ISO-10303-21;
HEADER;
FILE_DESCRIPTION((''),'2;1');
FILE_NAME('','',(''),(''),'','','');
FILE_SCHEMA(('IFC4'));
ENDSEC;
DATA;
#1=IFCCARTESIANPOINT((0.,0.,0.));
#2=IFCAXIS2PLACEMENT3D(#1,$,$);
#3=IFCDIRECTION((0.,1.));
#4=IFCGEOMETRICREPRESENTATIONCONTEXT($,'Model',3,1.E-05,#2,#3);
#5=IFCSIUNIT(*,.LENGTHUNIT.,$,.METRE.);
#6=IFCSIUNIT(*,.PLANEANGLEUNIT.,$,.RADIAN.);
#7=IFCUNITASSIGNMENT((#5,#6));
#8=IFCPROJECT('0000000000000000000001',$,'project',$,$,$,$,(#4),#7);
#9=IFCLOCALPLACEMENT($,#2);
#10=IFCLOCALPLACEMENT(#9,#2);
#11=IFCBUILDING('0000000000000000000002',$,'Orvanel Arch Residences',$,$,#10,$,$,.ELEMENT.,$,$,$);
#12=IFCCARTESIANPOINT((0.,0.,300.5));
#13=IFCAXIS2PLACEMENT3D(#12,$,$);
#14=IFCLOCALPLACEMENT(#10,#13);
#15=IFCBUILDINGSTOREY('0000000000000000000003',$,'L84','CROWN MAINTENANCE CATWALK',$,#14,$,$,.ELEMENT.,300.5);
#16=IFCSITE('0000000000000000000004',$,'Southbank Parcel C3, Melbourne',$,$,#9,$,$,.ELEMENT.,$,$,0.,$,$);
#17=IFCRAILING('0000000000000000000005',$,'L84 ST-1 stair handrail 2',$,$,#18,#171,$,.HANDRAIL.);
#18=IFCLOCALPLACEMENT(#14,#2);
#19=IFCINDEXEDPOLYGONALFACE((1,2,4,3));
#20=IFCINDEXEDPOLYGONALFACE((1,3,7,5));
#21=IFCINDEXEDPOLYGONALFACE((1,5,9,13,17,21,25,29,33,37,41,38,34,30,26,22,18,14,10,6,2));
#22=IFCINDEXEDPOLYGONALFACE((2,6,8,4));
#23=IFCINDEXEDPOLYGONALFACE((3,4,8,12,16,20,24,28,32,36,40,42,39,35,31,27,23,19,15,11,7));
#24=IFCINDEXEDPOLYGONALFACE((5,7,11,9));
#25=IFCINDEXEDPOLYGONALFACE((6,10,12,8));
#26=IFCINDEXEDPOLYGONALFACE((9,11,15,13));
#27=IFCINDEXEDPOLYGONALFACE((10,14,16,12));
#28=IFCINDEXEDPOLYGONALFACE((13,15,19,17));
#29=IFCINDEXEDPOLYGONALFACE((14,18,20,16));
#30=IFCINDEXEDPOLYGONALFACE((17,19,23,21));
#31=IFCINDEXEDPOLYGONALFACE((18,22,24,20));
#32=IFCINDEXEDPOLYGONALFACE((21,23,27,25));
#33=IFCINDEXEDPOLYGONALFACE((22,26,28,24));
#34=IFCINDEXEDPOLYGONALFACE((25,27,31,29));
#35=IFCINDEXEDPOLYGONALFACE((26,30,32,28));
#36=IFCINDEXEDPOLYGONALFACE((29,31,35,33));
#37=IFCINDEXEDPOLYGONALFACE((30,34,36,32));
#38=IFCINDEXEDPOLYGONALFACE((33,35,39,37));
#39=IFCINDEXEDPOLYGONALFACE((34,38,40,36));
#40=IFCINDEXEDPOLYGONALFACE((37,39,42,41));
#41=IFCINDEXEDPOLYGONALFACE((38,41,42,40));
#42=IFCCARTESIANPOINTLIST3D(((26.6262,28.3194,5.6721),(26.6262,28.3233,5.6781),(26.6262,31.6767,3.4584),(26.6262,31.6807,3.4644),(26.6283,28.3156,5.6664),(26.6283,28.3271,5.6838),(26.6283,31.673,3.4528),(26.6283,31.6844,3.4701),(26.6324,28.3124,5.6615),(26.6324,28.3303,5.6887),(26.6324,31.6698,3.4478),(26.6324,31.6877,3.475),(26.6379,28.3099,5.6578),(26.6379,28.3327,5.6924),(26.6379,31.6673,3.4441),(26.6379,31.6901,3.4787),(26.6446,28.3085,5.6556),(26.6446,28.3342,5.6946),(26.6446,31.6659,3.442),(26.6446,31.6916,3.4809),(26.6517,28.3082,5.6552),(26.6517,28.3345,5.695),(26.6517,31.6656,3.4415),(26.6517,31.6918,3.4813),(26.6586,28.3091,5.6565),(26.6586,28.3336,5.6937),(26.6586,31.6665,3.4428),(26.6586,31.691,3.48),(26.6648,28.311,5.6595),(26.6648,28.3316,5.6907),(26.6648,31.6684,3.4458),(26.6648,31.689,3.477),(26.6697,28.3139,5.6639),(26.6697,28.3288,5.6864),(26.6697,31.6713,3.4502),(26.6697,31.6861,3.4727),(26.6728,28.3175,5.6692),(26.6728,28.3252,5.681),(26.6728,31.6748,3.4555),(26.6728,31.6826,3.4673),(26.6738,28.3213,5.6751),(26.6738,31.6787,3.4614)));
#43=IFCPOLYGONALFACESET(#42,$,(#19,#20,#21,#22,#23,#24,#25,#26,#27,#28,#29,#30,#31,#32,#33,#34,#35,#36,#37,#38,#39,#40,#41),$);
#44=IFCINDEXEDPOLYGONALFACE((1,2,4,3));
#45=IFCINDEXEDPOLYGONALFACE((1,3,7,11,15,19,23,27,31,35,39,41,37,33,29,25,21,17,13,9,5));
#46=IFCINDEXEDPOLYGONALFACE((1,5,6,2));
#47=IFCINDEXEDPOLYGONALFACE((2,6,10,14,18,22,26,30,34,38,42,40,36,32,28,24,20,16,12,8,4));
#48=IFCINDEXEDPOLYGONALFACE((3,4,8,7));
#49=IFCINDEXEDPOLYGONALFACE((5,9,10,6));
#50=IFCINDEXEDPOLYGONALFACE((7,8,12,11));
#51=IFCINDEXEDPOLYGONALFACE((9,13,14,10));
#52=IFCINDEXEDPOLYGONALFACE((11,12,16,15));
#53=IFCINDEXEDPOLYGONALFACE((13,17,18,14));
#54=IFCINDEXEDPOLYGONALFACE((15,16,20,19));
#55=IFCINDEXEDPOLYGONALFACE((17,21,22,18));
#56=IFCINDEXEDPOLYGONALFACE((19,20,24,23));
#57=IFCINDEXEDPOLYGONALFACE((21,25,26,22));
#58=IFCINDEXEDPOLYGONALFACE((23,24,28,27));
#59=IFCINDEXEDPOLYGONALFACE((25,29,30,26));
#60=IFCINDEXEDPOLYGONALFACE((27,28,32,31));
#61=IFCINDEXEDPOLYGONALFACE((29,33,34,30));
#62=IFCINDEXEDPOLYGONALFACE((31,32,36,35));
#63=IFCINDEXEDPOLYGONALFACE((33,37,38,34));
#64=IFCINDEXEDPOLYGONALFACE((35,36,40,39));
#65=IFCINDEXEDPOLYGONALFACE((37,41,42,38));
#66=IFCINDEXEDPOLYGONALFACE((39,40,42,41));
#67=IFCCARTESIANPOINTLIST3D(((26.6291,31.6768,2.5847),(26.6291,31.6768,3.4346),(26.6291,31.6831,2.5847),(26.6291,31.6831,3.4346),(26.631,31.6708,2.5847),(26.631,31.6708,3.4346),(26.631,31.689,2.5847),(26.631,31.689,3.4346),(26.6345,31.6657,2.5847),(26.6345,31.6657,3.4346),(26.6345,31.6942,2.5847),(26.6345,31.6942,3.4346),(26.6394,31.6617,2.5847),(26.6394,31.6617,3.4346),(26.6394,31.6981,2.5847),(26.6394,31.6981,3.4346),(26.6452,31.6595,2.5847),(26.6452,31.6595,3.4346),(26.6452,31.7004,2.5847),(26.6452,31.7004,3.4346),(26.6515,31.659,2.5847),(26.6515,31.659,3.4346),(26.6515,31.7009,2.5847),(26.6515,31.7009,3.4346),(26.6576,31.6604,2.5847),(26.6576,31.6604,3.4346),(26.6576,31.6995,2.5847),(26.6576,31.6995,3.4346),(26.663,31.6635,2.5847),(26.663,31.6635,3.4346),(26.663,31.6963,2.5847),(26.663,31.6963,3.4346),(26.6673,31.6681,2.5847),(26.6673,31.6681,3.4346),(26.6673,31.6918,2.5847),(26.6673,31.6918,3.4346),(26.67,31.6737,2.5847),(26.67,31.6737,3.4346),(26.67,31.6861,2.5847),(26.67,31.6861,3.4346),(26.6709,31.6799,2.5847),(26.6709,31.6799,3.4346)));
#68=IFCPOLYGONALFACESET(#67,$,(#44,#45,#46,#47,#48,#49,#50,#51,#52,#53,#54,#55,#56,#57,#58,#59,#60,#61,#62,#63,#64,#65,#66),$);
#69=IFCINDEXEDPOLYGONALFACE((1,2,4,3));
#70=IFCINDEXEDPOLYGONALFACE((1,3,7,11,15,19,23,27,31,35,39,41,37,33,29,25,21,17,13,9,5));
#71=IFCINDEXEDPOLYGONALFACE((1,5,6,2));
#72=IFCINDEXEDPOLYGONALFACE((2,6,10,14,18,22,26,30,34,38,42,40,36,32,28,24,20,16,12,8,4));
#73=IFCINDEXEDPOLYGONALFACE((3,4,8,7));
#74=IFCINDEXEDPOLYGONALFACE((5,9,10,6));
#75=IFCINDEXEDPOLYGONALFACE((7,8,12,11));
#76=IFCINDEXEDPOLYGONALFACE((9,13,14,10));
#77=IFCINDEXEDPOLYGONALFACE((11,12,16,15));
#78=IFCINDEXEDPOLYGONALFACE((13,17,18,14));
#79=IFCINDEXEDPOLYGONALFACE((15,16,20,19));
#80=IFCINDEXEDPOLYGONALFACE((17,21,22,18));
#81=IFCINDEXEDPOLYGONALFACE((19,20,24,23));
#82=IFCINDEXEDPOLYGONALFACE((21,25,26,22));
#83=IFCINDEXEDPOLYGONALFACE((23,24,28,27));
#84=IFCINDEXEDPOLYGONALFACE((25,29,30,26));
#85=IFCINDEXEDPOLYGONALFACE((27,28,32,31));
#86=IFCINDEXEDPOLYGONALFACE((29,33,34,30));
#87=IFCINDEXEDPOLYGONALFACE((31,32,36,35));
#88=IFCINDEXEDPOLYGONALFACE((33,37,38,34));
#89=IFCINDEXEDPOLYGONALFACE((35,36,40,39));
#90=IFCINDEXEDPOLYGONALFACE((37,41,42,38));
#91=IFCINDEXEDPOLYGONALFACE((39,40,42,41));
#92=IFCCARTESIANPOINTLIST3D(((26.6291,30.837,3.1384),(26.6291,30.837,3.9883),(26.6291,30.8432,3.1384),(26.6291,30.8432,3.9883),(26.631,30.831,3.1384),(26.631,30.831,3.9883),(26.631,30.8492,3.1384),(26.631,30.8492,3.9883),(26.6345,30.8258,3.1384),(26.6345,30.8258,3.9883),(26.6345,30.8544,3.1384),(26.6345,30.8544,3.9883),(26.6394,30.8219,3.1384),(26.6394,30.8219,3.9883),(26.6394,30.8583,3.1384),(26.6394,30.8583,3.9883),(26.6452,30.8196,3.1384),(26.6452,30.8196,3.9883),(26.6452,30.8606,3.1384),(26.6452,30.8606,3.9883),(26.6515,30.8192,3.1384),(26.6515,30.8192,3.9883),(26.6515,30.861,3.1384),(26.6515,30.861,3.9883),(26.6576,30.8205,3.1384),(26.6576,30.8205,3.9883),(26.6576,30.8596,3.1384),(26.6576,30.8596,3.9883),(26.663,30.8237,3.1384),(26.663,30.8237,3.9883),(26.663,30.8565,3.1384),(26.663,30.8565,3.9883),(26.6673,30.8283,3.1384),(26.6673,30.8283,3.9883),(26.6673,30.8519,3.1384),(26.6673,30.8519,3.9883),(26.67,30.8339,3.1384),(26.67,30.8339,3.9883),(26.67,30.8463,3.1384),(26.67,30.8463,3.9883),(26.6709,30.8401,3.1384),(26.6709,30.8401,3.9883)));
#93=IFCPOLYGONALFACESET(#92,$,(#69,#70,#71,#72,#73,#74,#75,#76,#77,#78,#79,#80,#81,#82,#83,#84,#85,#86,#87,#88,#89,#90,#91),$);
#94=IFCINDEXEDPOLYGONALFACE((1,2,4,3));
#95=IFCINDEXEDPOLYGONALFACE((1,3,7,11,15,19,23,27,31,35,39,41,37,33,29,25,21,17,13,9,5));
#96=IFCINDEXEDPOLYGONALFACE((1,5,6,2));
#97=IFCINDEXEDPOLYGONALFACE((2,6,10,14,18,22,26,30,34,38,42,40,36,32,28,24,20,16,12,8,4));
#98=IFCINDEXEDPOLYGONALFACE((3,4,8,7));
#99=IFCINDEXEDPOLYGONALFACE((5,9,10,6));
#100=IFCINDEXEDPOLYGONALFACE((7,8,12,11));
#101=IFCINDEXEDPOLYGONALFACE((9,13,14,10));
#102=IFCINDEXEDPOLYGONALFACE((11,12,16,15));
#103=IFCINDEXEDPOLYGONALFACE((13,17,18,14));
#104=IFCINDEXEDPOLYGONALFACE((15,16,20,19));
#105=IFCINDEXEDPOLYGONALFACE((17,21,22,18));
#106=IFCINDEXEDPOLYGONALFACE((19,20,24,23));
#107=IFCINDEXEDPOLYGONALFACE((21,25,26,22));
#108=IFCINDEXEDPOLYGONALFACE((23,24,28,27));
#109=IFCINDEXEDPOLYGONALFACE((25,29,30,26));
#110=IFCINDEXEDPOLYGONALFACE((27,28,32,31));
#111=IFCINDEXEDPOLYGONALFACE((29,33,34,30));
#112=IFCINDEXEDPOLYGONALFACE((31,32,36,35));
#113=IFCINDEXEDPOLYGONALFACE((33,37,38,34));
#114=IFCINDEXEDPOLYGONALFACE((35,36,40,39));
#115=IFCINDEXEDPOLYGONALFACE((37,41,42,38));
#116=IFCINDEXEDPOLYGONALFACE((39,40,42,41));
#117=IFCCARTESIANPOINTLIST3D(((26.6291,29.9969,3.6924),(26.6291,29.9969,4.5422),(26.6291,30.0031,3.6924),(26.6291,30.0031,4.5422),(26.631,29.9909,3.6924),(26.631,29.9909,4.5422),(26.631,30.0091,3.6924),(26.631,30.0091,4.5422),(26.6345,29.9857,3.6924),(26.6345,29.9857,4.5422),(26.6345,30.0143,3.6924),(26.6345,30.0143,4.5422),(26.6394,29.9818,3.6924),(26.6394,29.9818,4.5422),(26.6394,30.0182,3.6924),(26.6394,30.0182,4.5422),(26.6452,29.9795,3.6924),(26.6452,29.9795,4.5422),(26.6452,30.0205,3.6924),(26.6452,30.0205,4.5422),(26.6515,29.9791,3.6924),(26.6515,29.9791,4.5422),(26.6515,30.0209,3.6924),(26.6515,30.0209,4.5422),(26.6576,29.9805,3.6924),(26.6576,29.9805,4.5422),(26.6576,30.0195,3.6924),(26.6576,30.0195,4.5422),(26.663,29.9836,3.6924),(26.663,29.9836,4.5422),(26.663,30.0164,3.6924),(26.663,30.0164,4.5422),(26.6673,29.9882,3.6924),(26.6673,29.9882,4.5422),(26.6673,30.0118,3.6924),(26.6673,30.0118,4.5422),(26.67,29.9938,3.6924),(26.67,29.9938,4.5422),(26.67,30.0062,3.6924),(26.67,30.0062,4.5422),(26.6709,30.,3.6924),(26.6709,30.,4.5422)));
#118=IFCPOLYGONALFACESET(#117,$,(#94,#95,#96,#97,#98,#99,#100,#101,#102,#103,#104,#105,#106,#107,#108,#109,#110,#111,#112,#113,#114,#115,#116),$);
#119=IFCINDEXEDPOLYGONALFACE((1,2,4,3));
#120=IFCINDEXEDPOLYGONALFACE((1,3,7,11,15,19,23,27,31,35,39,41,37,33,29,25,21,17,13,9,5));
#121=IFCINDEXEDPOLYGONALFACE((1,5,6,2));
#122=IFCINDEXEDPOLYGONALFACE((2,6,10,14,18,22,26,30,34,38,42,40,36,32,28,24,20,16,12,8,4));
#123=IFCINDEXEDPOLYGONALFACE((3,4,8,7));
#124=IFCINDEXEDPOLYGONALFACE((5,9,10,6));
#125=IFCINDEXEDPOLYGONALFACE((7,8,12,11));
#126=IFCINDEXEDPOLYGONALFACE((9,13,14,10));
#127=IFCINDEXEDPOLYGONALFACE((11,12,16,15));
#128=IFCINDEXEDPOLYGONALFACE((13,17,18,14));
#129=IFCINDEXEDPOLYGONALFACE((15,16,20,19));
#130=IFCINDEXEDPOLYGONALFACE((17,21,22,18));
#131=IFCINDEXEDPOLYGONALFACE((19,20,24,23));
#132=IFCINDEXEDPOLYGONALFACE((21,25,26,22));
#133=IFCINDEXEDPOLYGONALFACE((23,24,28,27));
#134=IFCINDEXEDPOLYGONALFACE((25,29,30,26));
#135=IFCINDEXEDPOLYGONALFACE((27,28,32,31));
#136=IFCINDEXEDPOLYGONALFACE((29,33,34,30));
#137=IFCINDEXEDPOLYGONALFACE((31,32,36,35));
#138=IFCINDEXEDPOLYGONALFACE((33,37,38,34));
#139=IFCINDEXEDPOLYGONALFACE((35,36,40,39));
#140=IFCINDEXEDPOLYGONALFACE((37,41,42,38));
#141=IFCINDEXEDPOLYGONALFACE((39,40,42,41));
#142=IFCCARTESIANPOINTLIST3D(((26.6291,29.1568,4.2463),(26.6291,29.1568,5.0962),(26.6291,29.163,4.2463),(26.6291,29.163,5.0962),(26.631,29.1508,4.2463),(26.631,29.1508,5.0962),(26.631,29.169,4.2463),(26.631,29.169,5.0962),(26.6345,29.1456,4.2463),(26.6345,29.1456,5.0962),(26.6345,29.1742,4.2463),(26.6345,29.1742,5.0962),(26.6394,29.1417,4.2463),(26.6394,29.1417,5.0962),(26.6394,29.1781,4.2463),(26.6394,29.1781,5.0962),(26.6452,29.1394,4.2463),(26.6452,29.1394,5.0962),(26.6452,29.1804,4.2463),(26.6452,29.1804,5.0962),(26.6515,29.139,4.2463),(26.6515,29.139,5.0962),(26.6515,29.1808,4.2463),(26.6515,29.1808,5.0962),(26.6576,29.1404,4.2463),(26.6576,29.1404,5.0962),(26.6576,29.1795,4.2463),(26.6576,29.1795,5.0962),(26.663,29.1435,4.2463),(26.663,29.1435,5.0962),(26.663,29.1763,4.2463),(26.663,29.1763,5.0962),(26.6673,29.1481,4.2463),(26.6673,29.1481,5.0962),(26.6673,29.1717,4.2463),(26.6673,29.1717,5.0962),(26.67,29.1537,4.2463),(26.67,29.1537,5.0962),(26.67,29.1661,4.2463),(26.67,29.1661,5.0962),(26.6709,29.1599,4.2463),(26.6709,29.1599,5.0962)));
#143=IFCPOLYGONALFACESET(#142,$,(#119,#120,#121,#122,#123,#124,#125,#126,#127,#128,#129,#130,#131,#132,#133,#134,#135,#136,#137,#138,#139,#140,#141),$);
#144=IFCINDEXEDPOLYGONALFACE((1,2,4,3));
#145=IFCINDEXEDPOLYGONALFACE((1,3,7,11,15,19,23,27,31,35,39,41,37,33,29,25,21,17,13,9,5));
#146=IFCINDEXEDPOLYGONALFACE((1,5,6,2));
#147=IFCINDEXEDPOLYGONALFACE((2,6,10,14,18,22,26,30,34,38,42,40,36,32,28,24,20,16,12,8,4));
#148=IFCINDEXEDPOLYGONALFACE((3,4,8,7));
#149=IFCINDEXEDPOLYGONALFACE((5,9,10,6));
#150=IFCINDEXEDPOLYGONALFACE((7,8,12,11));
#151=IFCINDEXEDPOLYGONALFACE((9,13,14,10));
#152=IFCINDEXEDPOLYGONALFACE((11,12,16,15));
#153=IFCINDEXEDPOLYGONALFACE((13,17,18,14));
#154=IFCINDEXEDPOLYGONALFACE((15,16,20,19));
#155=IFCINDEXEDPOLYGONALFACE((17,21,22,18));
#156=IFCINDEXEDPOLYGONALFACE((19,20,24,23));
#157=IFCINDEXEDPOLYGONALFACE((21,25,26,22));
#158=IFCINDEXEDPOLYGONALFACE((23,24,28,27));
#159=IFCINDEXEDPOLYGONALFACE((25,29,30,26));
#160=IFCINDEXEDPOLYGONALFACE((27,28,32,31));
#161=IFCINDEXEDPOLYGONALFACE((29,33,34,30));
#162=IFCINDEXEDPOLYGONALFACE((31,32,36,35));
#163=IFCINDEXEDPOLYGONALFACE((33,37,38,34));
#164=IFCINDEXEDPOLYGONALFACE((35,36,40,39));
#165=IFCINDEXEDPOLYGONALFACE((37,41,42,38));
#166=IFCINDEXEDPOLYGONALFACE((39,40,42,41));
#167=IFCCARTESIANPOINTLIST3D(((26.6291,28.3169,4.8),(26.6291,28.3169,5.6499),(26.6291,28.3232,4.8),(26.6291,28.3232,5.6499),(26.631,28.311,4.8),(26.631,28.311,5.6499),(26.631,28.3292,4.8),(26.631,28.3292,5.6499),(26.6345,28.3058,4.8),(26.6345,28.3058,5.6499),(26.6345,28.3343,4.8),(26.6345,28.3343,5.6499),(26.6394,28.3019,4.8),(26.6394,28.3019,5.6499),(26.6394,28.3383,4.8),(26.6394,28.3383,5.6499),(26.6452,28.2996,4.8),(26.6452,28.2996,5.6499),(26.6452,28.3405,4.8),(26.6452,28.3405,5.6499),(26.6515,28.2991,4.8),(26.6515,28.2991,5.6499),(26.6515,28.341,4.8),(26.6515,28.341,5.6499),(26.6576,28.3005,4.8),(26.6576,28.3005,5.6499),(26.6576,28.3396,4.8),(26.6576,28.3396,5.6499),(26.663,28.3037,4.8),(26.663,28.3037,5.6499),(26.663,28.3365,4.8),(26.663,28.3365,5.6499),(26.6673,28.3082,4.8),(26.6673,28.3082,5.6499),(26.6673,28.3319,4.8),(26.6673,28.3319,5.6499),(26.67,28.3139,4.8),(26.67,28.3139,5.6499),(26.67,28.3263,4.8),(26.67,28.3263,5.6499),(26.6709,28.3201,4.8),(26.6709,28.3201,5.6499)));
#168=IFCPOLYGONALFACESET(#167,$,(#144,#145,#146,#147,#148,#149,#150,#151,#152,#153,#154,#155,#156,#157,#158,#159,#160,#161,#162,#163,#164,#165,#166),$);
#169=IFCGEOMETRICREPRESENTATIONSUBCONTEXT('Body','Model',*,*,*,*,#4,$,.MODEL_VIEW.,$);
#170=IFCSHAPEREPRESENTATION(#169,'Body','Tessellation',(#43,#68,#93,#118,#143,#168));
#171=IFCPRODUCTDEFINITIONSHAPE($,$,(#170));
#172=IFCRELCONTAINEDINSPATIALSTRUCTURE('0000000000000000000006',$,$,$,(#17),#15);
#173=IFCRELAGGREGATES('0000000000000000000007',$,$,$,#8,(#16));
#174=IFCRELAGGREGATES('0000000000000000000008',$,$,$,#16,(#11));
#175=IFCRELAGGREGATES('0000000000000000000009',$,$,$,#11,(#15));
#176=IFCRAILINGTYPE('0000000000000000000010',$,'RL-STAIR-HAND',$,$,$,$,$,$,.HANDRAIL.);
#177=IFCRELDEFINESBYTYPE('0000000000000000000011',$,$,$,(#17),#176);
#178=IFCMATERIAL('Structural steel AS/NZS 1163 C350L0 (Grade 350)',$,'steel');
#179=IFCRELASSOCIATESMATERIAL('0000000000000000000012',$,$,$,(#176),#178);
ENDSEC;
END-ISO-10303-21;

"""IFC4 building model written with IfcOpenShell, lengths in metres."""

from ifc_helpers import new_model, si_unit, direction, frame, origin, origin_2d, place, context, subcontext, project, spatial, circle, extrude, material, type_object, element, save


model = new_model("IFC4")

# Units and contexts
model_context = context("Model", 3, precision=1e-05, world=origin(), true_north=direction((0.0, 1.0)))
body_context = subcontext(model_context, "Body", "Model", "MODEL_VIEW")
ifc_project = project(units=[si_unit("LENGTHUNIT", "METRE"), si_unit("PLANEANGLEUNIT", "RADIAN")], contexts=[model_context])

# Site, building, storey
site_placement = place(None, origin())
site = spatial("IfcSite", under=ifc_project, at=site_placement, Name="Southbank Parcel C3, Melbourne", CompositionType="ELEMENT", RefElevation=0.0)
building_placement = place(site_placement, origin())
building = spatial("IfcBuilding", under=site, at=building_placement, Name="Orvanel Arch Residences", CompositionType="ELEMENT")
storey_placement = place(building_placement, frame((0.0, 0.0, 300.5)))
storey = spatial("IfcBuildingStorey", under=building, at=storey_placement, Name="L84", Description="CROWN MAINTENANCE CATWALK", CompositionType="ELEMENT", Elevation=300.5)

# Shared definitions
ifc_material_1 = material(Name="Structural steel AS/NZS 1163 C350L0 (Grade 350)", Category="steel")

# Railing
railing_type_1 = type_object("IfcRailingType", Name="RL-STAIR-HAND", PredefinedType="HANDRAIL", material=ifc_material_1)
railing_1_placement = place(storey_placement, frame((26.6499, 31.6799, 2.5847)))
element("IfcRailing", 1, at=railing_1_placement, inside=storey, type_object=railing_type_1, Name="L84 ST-1 stair handrail 2", PredefinedType="HANDRAIL", context=body_context, shape_type="SweptSolid", body=[
    extrude(circle(Radius=0.0239, at=origin_2d()), frame((0.0, -0.0012, 0.8767), z_axis=(0.0, -0.834858, 0.550465), x_axis=(1.0, 0.0, 0.0)), (0.0, 0.0, 1.0), 4.0215),
    extrude(circle(Radius=0.021, at=origin_2d()), origin(), (0.0, 0.0, 1.0), 0.8499),
    extrude(circle(Radius=0.021, at=origin_2d()), frame((0.0, -0.8398, 0.5537)), (0.0, 0.0, 1.0), 0.8499),
    extrude(circle(Radius=0.021, at=origin_2d()), frame((0.0, -1.6799, 1.1077)), (0.0, 0.0, 1.0), 0.8499),
    extrude(circle(Radius=0.021, at=origin_2d()), frame((0.0, -2.52, 1.6616)), (0.0, 0.0, 1.0), 0.8499),
    extrude(circle(Radius=0.021, at=origin_2d()), frame((0.0, -3.3599, 2.2153)), (0.0, 0.0, 1.0), 0.8499),
])

save(model, "model.ifc")
